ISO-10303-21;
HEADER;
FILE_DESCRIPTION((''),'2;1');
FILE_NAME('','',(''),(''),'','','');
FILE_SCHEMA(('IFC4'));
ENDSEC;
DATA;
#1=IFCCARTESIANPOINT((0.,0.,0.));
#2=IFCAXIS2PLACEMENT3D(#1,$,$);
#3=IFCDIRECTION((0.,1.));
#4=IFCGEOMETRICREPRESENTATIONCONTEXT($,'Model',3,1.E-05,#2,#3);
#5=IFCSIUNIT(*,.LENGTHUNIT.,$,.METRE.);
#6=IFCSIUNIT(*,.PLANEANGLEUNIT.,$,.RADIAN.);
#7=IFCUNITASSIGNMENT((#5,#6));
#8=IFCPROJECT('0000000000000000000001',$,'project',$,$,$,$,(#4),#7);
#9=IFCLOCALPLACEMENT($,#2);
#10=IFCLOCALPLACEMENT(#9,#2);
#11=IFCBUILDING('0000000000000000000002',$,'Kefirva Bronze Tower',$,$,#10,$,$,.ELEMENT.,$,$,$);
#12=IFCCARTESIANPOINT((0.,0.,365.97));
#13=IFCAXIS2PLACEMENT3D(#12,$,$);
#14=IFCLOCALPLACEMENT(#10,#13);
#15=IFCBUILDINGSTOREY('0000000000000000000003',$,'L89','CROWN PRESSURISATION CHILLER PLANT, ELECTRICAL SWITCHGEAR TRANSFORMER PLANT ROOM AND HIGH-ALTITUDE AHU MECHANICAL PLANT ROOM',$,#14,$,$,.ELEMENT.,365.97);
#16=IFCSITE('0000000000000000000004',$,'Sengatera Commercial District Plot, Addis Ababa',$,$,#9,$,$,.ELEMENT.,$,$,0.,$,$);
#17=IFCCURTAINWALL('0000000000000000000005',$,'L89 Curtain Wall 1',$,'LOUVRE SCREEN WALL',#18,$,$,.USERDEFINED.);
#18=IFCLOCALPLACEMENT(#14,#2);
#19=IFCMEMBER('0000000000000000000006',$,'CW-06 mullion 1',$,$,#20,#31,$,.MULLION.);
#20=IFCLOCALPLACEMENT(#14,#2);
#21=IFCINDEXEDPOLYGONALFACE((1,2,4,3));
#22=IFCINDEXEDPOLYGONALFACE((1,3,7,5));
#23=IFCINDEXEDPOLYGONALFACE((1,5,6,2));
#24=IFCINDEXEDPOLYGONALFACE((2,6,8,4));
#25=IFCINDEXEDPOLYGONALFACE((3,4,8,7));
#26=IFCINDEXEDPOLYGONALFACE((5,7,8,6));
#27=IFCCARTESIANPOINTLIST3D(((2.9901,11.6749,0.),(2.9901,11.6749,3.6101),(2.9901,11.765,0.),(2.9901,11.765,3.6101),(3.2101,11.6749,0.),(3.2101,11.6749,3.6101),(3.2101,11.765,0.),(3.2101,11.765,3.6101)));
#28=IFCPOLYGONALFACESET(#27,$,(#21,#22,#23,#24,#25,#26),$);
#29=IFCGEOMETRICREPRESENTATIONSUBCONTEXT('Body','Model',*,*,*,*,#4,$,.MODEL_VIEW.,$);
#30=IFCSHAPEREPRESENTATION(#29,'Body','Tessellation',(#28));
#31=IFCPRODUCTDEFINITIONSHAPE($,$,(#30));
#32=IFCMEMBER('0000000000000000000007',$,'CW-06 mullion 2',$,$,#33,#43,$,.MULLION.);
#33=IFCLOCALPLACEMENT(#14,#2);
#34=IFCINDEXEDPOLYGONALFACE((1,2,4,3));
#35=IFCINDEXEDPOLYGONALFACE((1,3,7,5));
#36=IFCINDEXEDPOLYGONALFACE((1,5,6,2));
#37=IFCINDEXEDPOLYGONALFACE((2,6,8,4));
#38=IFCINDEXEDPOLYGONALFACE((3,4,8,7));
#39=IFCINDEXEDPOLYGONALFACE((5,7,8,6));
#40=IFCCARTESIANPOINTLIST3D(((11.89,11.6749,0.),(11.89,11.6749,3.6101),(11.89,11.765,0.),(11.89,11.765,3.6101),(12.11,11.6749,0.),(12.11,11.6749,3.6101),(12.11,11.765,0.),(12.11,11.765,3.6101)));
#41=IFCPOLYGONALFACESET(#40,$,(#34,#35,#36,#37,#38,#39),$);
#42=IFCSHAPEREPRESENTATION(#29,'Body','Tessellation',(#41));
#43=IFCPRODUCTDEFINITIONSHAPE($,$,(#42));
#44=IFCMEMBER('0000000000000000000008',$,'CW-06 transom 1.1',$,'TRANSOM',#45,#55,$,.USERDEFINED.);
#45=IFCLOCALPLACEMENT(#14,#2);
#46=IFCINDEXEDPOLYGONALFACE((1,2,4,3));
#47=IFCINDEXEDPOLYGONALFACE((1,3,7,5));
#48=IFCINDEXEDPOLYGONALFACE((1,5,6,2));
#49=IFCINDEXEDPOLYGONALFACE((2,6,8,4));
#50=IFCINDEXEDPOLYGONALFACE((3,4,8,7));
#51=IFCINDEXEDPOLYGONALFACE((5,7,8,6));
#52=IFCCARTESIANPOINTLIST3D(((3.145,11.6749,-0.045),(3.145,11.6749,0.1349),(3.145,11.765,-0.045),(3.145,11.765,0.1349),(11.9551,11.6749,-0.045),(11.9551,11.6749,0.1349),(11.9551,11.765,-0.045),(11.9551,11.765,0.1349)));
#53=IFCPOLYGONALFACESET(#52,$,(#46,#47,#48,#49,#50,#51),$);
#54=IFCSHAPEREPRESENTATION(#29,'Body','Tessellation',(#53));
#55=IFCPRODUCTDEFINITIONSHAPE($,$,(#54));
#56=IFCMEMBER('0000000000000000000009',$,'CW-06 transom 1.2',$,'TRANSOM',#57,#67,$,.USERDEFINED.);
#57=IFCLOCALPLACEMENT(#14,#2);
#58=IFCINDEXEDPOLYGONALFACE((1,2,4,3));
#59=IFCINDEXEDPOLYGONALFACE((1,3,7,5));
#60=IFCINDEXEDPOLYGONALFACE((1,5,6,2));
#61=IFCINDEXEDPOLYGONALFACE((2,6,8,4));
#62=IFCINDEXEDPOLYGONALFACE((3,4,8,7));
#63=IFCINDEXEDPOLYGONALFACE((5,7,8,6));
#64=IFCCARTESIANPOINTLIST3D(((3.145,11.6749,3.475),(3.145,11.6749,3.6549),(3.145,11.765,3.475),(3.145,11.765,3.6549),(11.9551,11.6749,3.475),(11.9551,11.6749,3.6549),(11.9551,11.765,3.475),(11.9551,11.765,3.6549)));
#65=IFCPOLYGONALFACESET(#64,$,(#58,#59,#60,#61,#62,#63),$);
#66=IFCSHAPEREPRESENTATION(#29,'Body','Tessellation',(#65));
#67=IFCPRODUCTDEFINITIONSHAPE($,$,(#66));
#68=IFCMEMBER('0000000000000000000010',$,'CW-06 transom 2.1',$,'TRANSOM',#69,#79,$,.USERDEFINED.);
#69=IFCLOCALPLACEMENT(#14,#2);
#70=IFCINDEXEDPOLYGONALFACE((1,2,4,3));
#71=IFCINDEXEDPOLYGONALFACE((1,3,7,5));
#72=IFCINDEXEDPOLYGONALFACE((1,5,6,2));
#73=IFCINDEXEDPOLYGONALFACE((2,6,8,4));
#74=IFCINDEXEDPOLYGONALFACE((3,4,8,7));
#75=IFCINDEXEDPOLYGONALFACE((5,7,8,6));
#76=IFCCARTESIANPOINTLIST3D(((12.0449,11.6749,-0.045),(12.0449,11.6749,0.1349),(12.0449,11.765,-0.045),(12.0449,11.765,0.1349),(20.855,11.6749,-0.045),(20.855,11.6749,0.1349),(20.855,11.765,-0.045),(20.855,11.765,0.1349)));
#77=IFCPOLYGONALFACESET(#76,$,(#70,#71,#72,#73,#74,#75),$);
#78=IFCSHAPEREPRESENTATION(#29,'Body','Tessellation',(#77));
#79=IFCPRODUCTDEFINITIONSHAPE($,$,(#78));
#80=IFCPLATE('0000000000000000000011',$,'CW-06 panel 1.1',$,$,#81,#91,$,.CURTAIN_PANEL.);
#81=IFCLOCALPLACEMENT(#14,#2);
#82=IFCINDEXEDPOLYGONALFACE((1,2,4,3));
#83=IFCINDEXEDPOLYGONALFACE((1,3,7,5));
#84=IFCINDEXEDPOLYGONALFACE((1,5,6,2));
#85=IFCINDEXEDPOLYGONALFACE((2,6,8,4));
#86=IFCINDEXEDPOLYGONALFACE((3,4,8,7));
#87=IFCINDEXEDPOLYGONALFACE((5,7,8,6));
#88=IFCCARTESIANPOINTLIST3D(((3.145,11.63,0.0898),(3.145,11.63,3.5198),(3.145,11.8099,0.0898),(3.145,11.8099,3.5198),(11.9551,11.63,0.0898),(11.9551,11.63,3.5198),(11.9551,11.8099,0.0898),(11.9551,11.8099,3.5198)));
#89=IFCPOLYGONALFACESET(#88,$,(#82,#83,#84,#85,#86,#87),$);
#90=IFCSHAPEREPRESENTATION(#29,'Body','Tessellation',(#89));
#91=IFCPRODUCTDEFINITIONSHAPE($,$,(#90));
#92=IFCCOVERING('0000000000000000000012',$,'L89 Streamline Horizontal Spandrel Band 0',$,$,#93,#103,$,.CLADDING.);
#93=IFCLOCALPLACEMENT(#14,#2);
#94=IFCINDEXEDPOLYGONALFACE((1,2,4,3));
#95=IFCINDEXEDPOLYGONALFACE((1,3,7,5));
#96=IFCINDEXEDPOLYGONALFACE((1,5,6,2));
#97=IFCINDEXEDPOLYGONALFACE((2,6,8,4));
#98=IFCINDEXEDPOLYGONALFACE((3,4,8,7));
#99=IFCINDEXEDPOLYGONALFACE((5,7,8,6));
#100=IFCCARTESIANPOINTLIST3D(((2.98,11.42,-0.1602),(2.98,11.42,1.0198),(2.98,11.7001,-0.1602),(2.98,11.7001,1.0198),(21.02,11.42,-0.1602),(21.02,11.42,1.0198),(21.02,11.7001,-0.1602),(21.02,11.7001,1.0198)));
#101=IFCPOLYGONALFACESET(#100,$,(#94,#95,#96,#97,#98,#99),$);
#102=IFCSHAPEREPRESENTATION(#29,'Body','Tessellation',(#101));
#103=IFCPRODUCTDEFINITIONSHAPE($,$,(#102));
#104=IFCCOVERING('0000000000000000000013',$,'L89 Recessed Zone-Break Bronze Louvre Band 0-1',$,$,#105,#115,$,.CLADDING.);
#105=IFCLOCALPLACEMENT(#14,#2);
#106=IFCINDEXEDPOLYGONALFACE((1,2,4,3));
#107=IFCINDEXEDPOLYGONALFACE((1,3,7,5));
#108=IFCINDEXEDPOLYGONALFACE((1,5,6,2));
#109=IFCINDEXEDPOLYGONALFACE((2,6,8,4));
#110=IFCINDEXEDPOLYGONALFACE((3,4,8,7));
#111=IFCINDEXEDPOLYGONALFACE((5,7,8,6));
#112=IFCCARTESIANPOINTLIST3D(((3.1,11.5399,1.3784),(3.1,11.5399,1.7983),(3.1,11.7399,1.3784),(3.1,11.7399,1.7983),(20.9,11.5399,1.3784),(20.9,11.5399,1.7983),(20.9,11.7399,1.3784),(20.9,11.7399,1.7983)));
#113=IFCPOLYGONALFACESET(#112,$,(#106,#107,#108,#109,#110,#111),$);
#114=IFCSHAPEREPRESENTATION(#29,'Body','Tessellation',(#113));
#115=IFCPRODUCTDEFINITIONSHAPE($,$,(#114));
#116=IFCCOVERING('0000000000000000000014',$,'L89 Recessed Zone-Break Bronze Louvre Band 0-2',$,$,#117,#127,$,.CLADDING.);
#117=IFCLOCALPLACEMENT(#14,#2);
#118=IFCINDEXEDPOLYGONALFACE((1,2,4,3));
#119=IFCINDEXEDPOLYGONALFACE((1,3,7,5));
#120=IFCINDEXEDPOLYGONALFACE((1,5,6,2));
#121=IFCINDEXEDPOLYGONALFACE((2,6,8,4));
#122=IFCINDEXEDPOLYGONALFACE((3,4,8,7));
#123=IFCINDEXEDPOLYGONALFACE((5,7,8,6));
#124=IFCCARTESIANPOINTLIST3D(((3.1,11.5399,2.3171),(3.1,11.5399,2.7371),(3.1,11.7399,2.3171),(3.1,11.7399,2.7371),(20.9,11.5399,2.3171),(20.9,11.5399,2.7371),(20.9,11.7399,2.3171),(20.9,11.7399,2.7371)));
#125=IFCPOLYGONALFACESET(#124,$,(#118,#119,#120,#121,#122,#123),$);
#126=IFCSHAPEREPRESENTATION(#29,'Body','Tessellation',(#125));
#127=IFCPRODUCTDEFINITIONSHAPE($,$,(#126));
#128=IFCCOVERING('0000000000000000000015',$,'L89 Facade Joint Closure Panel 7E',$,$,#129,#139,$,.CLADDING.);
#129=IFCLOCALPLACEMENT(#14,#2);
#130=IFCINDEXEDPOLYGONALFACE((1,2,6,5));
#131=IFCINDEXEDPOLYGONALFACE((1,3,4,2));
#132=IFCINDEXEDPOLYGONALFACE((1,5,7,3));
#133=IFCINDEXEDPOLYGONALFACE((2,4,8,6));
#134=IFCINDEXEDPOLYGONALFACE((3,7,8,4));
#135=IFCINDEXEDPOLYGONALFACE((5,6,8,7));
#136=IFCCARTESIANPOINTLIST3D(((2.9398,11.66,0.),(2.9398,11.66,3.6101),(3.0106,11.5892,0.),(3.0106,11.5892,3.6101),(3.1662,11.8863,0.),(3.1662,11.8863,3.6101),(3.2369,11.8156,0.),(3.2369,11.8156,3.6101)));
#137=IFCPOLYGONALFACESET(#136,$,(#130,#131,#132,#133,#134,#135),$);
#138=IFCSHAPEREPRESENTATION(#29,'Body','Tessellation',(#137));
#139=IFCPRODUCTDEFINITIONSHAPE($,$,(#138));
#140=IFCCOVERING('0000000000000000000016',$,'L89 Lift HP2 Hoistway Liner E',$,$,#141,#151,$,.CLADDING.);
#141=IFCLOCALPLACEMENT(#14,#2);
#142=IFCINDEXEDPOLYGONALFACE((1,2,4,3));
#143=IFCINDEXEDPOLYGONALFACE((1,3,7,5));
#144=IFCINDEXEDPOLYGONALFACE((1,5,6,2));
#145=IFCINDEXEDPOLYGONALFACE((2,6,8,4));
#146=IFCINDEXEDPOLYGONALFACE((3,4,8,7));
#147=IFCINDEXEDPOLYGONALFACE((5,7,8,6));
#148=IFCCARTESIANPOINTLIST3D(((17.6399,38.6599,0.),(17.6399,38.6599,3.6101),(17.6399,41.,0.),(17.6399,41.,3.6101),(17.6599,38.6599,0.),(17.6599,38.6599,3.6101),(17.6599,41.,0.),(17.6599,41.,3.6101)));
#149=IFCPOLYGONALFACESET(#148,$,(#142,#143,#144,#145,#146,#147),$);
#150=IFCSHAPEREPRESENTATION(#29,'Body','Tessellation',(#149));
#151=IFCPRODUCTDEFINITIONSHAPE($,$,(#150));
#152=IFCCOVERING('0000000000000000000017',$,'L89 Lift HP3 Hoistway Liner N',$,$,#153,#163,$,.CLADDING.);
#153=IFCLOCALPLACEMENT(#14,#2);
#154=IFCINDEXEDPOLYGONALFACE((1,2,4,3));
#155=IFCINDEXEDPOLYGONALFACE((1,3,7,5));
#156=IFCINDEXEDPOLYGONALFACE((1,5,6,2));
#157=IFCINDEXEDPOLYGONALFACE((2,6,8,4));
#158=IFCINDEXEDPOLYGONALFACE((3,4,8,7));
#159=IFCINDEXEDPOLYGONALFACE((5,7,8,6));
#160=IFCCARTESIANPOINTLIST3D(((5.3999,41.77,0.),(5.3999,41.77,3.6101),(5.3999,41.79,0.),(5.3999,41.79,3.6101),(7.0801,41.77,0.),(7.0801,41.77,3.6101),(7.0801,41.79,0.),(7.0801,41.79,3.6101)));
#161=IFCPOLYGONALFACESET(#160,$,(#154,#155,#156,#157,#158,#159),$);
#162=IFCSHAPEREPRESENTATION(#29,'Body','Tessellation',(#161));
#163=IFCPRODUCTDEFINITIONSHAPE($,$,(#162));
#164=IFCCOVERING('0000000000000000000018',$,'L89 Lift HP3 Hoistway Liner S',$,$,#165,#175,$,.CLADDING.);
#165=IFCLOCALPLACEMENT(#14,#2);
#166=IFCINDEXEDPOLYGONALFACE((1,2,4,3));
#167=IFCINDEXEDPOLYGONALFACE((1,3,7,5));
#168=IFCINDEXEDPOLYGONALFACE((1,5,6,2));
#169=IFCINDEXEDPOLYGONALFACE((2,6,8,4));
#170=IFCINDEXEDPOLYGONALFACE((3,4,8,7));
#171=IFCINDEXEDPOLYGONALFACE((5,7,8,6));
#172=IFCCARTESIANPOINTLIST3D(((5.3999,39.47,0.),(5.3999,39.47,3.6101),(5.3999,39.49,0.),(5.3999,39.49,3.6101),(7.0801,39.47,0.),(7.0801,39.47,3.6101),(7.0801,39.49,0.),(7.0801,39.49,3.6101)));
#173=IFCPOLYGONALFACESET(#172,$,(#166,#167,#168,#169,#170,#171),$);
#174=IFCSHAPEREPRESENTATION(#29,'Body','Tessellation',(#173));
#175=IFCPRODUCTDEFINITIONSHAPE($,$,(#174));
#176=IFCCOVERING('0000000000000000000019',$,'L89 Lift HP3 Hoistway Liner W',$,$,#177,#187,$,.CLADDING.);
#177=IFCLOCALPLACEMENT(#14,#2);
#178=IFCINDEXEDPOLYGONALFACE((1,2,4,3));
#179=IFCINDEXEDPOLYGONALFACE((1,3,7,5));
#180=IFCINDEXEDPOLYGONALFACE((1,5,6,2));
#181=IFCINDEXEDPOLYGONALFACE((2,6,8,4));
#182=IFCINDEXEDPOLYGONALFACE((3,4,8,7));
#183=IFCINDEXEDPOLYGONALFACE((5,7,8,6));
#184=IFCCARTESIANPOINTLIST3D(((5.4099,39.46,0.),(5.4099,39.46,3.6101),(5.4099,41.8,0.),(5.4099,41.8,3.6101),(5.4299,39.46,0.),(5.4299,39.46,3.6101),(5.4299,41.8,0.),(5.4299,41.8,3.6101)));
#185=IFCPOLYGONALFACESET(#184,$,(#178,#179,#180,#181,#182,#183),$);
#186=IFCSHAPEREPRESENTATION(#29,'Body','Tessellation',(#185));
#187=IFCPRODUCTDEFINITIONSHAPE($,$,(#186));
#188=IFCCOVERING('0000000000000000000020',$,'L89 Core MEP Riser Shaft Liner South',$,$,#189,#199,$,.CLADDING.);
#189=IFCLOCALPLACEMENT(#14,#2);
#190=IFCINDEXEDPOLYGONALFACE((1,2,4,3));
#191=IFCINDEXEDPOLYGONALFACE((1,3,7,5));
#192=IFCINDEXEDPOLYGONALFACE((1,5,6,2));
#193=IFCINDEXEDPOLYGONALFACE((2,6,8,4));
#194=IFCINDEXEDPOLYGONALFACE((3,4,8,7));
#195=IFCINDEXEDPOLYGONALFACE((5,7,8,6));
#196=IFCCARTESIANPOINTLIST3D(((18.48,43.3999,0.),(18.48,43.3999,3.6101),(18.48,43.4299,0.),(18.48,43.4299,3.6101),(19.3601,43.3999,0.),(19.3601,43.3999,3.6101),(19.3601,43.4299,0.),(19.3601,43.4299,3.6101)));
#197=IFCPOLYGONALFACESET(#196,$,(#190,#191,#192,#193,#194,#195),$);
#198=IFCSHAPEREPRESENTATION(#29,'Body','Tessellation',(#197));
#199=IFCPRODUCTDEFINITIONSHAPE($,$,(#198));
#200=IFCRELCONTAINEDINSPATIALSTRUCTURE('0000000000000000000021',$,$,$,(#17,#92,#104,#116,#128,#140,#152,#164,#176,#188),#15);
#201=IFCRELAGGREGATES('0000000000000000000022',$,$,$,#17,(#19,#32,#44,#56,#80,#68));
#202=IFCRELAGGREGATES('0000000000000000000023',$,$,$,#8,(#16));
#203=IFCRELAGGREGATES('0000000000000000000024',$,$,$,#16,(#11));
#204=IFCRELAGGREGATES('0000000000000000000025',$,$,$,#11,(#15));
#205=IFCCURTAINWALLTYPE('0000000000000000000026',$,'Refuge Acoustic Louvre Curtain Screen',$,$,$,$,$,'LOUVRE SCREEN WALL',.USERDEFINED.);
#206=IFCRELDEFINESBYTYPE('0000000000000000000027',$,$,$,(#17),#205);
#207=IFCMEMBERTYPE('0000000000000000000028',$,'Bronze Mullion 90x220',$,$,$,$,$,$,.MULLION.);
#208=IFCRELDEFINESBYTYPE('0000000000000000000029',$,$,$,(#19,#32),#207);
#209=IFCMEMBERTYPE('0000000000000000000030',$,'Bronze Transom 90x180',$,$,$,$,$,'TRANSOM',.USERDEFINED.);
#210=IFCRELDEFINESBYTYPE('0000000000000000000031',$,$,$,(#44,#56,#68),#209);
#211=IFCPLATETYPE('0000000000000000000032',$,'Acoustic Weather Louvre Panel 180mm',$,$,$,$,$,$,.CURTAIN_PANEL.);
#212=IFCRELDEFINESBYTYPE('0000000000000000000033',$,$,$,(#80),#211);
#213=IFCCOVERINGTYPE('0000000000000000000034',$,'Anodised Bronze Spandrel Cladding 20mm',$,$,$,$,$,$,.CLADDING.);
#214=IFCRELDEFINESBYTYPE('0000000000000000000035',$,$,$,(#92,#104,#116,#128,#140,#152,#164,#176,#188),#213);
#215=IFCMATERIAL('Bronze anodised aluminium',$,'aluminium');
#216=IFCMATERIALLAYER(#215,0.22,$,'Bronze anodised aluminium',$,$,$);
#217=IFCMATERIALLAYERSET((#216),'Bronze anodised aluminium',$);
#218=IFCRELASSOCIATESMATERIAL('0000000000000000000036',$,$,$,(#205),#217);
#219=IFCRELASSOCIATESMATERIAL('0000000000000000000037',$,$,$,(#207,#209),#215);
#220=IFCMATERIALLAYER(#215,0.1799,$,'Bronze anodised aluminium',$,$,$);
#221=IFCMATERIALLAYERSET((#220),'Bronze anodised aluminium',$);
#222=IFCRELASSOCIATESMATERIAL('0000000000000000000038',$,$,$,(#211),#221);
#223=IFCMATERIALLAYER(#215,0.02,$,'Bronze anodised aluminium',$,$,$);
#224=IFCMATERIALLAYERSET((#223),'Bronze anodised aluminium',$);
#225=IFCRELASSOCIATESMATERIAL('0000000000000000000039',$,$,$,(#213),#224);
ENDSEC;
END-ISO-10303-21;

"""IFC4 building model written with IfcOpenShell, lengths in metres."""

from ifc_helpers import new_model, si_unit, direction, frame, origin, origin_2d, place, context, subcontext, project, spatial, polyline, rectangle, outline, extrude, material, layer, layer_set, material_profile, profile_set, type_object, element, aggregate, save


model = new_model("IFC4")

# Units and contexts
model_context = context("Model", 3, precision=1e-05, world=origin(), true_north=direction((0.0, 1.0)))
body_context = subcontext(model_context, "Body", "Model", "MODEL_VIEW")
ifc_project = project(units=[si_unit("LENGTHUNIT", "METRE"), si_unit("PLANEANGLEUNIT", "RADIAN")], contexts=[model_context])

# Site, building, storey
site_placement = place(None, origin())
site = spatial("IfcSite", under=ifc_project, at=site_placement, Name="Sengatera Commercial District Plot, Addis Ababa", CompositionType="ELEMENT", RefElevation=0.0)
building_placement = place(site_placement, origin())
building = spatial("IfcBuilding", under=site, at=building_placement, Name="Kefirva Bronze Tower", CompositionType="ELEMENT")
storey_placement = place(building_placement, frame((0.0, 0.0, 365.97)))
storey = spatial("IfcBuildingStorey", under=building, at=storey_placement, Name="L89", Description="CROWN PRESSURISATION CHILLER PLANT, ELECTRICAL SWITCHGEAR TRANSFORMER PLANT ROOM AND HIGH-ALTITUDE AHU MECHANICAL PLANT ROOM", CompositionType="ELEMENT", Elevation=365.97)

# Curtain wall, members, plate
ifc_material = material(Name="Bronze anodised aluminium", Category="aluminium")
ifc_layer_1 = layer(ifc_material, 0.22, Name="Bronze anodised aluminium")
ifc_layer_set_1 = layer_set([ifc_layer_1], Name="Bronze anodised aluminium")
curtain_wall_type = type_object("IfcCurtainWallType", Name="Refuge Acoustic Louvre Curtain Screen", ElementType="LOUVRE SCREEN WALL", PredefinedType="USERDEFINED", material=ifc_layer_set_1)
curtain_wall_placement = place(storey_placement, origin())
curtain_wall = element("IfcCurtainWall", 1, at=curtain_wall_placement, inside=storey, type_object=curtain_wall_type, Name="L89 Curtain Wall 1", ObjectType="LOUVRE SCREEN WALL", PredefinedType="USERDEFINED")
ifc_material_profile_1 = material_profile(ifc_material, rectangle(XDim=0.0901, YDim=0.22, at=origin_2d()), Name="ALU 90x220")
ifc_profile_set_1 = profile_set([ifc_material_profile_1], Name="Bronze anodised aluminium")
member_type_1 = type_object("IfcMemberType", Name="Bronze Mullion 90x220", PredefinedType="MULLION", material=ifc_profile_set_1)
member_1_placement = place(storey_placement, frame((3.1001, 11.72, 0.0), z_axis=(0.0, 0.0, 1.0), x_axis=(0.0, 1.0, 0.0)))
member_1 = element("IfcMember", 2, at=member_1_placement, type_object=member_type_1, Name="CW-06 mullion 1", PredefinedType="MULLION", context=body_context, shape_type="SweptSolid", body=[
    extrude(rectangle(XDim=0.0901, YDim=0.22, at=origin_2d()), origin(), (0.0, 0.0, 1.0), 3.6101),
])
member_2_placement = place(storey_placement, frame((12.0, 11.72, 0.0), z_axis=(0.0, 0.0, 1.0), x_axis=(0.0, 1.0, 0.0)))
member_2 = element("IfcMember", 3, at=member_2_placement, type_object=member_type_1, Name="CW-06 mullion 2", PredefinedType="MULLION", context=body_context, shape_type="SweptSolid", body=[
    extrude(rectangle(XDim=0.0901, YDim=0.22, at=origin_2d()), origin(), (0.0, 0.0, 1.0), 3.6101),
])
ifc_material_profile_2 = material_profile(ifc_material, rectangle(XDim=0.0901, YDim=0.1799, at=origin_2d()), Name="ALU 90x180")
ifc_profile_set_2 = profile_set([ifc_material_profile_2], Name="Bronze anodised aluminium")
member_type_2 = type_object("IfcMemberType", Name="Bronze Transom 90x180", ElementType="TRANSOM", PredefinedType="USERDEFINED", material=ifc_profile_set_2)
member_3_placement = place(storey_placement, frame((3.145, 11.72, 0.0449), z_axis=(1.0, 0.0, 0.0), x_axis=(0.0, 1.0, 0.0)))
member_3 = element("IfcMember", 4, at=member_3_placement, type_object=member_type_2, Name="CW-06 transom 1.1", ObjectType="TRANSOM", PredefinedType="USERDEFINED", context=body_context, shape_type="SweptSolid", body=[
    extrude(rectangle(XDim=0.0901, YDim=0.1799, at=origin_2d()), origin(), (0.0, 0.0, 1.0), 8.8101),
])
member_4_placement = place(storey_placement, frame((3.145, 11.72, 3.5649), z_axis=(1.0, 0.0, 0.0), x_axis=(0.0, 1.0, 0.0)))
member_4 = element("IfcMember", 5, at=member_4_placement, type_object=member_type_2, Name="CW-06 transom 1.2", ObjectType="TRANSOM", PredefinedType="USERDEFINED", context=body_context, shape_type="SweptSolid", body=[
    extrude(rectangle(XDim=0.0901, YDim=0.1799, at=origin_2d()), origin(), (0.0, 0.0, 1.0), 8.8101),
])
member_5_placement = place(storey_placement, frame((12.0449, 11.72, 0.0449), z_axis=(1.0, 0.0, 0.0), x_axis=(0.0, 1.0, 0.0)))
member_5 = element("IfcMember", 6, at=member_5_placement, type_object=member_type_2, Name="CW-06 transom 2.1", ObjectType="TRANSOM", PredefinedType="USERDEFINED", context=body_context, shape_type="SweptSolid", body=[
    extrude(rectangle(XDim=0.0901, YDim=0.1799, at=origin_2d()), origin(), (0.0, 0.0, 1.0), 8.8101),
])
ifc_layer_2 = layer(ifc_material, 0.1799, Name="Bronze anodised aluminium")
ifc_layer_set_2 = layer_set([ifc_layer_2], Name="Bronze anodised aluminium")
plate_type = type_object("IfcPlateType", Name="Acoustic Weather Louvre Panel 180mm", PredefinedType="CURTAIN_PANEL", material=ifc_layer_set_2)
plate_placement = place(storey_placement, frame((7.55, 11.72, 0.0898), z_axis=(0.0, 0.0, 1.0), x_axis=(1.0, 0.0, 0.0)))
plate = element("IfcPlate", 7, at=plate_placement, type_object=plate_type, Name="CW-06 panel 1.1", PredefinedType="CURTAIN_PANEL", context=body_context, shape_type="SweptSolid", body=[
    extrude(rectangle(XDim=8.8101, YDim=0.1799, at=origin_2d()), origin(), (0.0, 0.0, 1.0), 3.4299),
])
aggregate(curtain_wall, [member_1, member_2, member_3, member_4, plate, member_5])

# Coverings
ifc_layer_3 = layer(ifc_material, 0.02, Name="Bronze anodised aluminium")
ifc_layer_set_3 = layer_set([ifc_layer_3], Name="Bronze anodised aluminium")
covering_type_1 = type_object("IfcCoveringType", Name="Anodised Bronze Spandrel Cladding 20mm", PredefinedType="CLADDING", material=ifc_layer_set_3)
covering_1_placement = place(storey_placement, frame((12.0, 11.5601, -0.1602), z_axis=(0.0, 0.0, 1.0), x_axis=(1.0, 0.0, 0.0)))
element("IfcCovering", 8, at=covering_1_placement, inside=storey, type_object=covering_type_1, Name="L89 Streamline Horizontal Spandrel Band 0", PredefinedType="CLADDING", context=body_context, shape_type="SweptSolid", body=[
    extrude(rectangle(XDim=18.04, YDim=0.28, at=origin_2d()), origin(), (0.0, 0.0, 1.0), 1.1799),
])
for number, where, z_axis, x_axis, name in (
    (9, (12.0, 11.6399, 1.3784), (0.0, 0.0, 1.0), (1.0, 0.0, 0.0), "L89 Recessed Zone-Break Bronze Louvre Band 0-1"),
    (10, (12.0, 11.6399, 2.3171), (0.0, 0.0, 1.0), (1.0, 0.0, 0.0), "L89 Recessed Zone-Break Bronze Louvre Band 0-2"),
):
    element("IfcCovering", number, at=place(storey_placement, frame(where, z_axis=z_axis, x_axis=x_axis)), inside=storey, type_object=covering_type_1, Name=name, PredefinedType="CLADDING", context=body_context, shape_type="SweptSolid", body=[
        extrude(rectangle(XDim=17.8, YDim=0.2, at=origin_2d()), origin(), (0.0, 0.0, 1.0), 0.4199),
    ])
covering_2_placement = place(storey_placement, frame((3.0884, 11.7378, 0.0), z_axis=(0.0, 0.0, 1.0), x_axis=(0.707107, -0.707107, 0.0)))
element("IfcCovering", 11, at=covering_2_placement, inside=storey, type_object=covering_type_1, Name="L89 Facade Joint Closure Panel 7E", PredefinedType="CLADDING", context=body_context, shape_type="SweptSolid", body=[
    extrude(rectangle(XDim=0.1001, YDim=0.3201, at=origin_2d()), origin(), (0.0, 0.0, 1.0), 3.6101),
])
covering_3_placement = place(storey_placement, origin())
element("IfcCovering", 12, at=covering_3_placement, inside=storey, type_object=covering_type_1, Name="L89 Lift HP2 Hoistway Liner E", PredefinedType="CLADDING", context=body_context, shape_type="SweptSolid", body=[
    extrude(outline(polyline([(17.6399, 38.6599), (17.6599, 38.6599), (17.6599, 41.0), (17.6399, 41.0), (17.6399, 38.6599)])), origin(), (0.0, 0.0, 1.0), 3.6101),
])
covering_4_placement = place(storey_placement, origin())
element("IfcCovering", 13, at=covering_4_placement, inside=storey, type_object=covering_type_1, Name="L89 Lift HP3 Hoistway Liner N", PredefinedType="CLADDING", context=body_context, shape_type="SweptSolid", body=[
    extrude(outline(polyline([(5.3999, 41.77), (7.0801, 41.77), (7.0801, 41.79), (5.3999, 41.79), (5.3999, 41.77)])), origin(), (0.0, 0.0, 1.0), 3.6101),
])
covering_5_placement = place(storey_placement, origin())
element("IfcCovering", 14, at=covering_5_placement, inside=storey, type_object=covering_type_1, Name="L89 Lift HP3 Hoistway Liner S", PredefinedType="CLADDING", context=body_context, shape_type="SweptSolid", body=[
    extrude(outline(polyline([(5.3999, 39.47), (7.0801, 39.47), (7.0801, 39.49), (5.3999, 39.49), (5.3999, 39.47)])), origin(), (0.0, 0.0, 1.0), 3.6101),
])
covering_6_placement = place(storey_placement, origin())
element("IfcCovering", 15, at=covering_6_placement, inside=storey, type_object=covering_type_1, Name="L89 Lift HP3 Hoistway Liner W", PredefinedType="CLADDING", context=body_context, shape_type="SweptSolid", body=[
    extrude(outline(polyline([(5.4099, 39.46), (5.4299, 39.46), (5.4299, 41.8), (5.4099, 41.8), (5.4099, 39.46)])), origin(), (0.0, 0.0, 1.0), 3.6101),
])
covering_7_placement = place(storey_placement, origin())
element("IfcCovering", 16, at=covering_7_placement, inside=storey, type_object=covering_type_1, Name="L89 Core MEP Riser Shaft Liner South", PredefinedType="CLADDING", context=body_context, shape_type="SweptSolid", body=[
    extrude(outline(polyline([(18.48, 43.3999), (19.3601, 43.3999), (19.3601, 43.4299), (18.48, 43.4299), (18.48, 43.3999)])), origin(), (0.0, 0.0, 1.0), 3.6101),
])

save(model, "model.ifc")
